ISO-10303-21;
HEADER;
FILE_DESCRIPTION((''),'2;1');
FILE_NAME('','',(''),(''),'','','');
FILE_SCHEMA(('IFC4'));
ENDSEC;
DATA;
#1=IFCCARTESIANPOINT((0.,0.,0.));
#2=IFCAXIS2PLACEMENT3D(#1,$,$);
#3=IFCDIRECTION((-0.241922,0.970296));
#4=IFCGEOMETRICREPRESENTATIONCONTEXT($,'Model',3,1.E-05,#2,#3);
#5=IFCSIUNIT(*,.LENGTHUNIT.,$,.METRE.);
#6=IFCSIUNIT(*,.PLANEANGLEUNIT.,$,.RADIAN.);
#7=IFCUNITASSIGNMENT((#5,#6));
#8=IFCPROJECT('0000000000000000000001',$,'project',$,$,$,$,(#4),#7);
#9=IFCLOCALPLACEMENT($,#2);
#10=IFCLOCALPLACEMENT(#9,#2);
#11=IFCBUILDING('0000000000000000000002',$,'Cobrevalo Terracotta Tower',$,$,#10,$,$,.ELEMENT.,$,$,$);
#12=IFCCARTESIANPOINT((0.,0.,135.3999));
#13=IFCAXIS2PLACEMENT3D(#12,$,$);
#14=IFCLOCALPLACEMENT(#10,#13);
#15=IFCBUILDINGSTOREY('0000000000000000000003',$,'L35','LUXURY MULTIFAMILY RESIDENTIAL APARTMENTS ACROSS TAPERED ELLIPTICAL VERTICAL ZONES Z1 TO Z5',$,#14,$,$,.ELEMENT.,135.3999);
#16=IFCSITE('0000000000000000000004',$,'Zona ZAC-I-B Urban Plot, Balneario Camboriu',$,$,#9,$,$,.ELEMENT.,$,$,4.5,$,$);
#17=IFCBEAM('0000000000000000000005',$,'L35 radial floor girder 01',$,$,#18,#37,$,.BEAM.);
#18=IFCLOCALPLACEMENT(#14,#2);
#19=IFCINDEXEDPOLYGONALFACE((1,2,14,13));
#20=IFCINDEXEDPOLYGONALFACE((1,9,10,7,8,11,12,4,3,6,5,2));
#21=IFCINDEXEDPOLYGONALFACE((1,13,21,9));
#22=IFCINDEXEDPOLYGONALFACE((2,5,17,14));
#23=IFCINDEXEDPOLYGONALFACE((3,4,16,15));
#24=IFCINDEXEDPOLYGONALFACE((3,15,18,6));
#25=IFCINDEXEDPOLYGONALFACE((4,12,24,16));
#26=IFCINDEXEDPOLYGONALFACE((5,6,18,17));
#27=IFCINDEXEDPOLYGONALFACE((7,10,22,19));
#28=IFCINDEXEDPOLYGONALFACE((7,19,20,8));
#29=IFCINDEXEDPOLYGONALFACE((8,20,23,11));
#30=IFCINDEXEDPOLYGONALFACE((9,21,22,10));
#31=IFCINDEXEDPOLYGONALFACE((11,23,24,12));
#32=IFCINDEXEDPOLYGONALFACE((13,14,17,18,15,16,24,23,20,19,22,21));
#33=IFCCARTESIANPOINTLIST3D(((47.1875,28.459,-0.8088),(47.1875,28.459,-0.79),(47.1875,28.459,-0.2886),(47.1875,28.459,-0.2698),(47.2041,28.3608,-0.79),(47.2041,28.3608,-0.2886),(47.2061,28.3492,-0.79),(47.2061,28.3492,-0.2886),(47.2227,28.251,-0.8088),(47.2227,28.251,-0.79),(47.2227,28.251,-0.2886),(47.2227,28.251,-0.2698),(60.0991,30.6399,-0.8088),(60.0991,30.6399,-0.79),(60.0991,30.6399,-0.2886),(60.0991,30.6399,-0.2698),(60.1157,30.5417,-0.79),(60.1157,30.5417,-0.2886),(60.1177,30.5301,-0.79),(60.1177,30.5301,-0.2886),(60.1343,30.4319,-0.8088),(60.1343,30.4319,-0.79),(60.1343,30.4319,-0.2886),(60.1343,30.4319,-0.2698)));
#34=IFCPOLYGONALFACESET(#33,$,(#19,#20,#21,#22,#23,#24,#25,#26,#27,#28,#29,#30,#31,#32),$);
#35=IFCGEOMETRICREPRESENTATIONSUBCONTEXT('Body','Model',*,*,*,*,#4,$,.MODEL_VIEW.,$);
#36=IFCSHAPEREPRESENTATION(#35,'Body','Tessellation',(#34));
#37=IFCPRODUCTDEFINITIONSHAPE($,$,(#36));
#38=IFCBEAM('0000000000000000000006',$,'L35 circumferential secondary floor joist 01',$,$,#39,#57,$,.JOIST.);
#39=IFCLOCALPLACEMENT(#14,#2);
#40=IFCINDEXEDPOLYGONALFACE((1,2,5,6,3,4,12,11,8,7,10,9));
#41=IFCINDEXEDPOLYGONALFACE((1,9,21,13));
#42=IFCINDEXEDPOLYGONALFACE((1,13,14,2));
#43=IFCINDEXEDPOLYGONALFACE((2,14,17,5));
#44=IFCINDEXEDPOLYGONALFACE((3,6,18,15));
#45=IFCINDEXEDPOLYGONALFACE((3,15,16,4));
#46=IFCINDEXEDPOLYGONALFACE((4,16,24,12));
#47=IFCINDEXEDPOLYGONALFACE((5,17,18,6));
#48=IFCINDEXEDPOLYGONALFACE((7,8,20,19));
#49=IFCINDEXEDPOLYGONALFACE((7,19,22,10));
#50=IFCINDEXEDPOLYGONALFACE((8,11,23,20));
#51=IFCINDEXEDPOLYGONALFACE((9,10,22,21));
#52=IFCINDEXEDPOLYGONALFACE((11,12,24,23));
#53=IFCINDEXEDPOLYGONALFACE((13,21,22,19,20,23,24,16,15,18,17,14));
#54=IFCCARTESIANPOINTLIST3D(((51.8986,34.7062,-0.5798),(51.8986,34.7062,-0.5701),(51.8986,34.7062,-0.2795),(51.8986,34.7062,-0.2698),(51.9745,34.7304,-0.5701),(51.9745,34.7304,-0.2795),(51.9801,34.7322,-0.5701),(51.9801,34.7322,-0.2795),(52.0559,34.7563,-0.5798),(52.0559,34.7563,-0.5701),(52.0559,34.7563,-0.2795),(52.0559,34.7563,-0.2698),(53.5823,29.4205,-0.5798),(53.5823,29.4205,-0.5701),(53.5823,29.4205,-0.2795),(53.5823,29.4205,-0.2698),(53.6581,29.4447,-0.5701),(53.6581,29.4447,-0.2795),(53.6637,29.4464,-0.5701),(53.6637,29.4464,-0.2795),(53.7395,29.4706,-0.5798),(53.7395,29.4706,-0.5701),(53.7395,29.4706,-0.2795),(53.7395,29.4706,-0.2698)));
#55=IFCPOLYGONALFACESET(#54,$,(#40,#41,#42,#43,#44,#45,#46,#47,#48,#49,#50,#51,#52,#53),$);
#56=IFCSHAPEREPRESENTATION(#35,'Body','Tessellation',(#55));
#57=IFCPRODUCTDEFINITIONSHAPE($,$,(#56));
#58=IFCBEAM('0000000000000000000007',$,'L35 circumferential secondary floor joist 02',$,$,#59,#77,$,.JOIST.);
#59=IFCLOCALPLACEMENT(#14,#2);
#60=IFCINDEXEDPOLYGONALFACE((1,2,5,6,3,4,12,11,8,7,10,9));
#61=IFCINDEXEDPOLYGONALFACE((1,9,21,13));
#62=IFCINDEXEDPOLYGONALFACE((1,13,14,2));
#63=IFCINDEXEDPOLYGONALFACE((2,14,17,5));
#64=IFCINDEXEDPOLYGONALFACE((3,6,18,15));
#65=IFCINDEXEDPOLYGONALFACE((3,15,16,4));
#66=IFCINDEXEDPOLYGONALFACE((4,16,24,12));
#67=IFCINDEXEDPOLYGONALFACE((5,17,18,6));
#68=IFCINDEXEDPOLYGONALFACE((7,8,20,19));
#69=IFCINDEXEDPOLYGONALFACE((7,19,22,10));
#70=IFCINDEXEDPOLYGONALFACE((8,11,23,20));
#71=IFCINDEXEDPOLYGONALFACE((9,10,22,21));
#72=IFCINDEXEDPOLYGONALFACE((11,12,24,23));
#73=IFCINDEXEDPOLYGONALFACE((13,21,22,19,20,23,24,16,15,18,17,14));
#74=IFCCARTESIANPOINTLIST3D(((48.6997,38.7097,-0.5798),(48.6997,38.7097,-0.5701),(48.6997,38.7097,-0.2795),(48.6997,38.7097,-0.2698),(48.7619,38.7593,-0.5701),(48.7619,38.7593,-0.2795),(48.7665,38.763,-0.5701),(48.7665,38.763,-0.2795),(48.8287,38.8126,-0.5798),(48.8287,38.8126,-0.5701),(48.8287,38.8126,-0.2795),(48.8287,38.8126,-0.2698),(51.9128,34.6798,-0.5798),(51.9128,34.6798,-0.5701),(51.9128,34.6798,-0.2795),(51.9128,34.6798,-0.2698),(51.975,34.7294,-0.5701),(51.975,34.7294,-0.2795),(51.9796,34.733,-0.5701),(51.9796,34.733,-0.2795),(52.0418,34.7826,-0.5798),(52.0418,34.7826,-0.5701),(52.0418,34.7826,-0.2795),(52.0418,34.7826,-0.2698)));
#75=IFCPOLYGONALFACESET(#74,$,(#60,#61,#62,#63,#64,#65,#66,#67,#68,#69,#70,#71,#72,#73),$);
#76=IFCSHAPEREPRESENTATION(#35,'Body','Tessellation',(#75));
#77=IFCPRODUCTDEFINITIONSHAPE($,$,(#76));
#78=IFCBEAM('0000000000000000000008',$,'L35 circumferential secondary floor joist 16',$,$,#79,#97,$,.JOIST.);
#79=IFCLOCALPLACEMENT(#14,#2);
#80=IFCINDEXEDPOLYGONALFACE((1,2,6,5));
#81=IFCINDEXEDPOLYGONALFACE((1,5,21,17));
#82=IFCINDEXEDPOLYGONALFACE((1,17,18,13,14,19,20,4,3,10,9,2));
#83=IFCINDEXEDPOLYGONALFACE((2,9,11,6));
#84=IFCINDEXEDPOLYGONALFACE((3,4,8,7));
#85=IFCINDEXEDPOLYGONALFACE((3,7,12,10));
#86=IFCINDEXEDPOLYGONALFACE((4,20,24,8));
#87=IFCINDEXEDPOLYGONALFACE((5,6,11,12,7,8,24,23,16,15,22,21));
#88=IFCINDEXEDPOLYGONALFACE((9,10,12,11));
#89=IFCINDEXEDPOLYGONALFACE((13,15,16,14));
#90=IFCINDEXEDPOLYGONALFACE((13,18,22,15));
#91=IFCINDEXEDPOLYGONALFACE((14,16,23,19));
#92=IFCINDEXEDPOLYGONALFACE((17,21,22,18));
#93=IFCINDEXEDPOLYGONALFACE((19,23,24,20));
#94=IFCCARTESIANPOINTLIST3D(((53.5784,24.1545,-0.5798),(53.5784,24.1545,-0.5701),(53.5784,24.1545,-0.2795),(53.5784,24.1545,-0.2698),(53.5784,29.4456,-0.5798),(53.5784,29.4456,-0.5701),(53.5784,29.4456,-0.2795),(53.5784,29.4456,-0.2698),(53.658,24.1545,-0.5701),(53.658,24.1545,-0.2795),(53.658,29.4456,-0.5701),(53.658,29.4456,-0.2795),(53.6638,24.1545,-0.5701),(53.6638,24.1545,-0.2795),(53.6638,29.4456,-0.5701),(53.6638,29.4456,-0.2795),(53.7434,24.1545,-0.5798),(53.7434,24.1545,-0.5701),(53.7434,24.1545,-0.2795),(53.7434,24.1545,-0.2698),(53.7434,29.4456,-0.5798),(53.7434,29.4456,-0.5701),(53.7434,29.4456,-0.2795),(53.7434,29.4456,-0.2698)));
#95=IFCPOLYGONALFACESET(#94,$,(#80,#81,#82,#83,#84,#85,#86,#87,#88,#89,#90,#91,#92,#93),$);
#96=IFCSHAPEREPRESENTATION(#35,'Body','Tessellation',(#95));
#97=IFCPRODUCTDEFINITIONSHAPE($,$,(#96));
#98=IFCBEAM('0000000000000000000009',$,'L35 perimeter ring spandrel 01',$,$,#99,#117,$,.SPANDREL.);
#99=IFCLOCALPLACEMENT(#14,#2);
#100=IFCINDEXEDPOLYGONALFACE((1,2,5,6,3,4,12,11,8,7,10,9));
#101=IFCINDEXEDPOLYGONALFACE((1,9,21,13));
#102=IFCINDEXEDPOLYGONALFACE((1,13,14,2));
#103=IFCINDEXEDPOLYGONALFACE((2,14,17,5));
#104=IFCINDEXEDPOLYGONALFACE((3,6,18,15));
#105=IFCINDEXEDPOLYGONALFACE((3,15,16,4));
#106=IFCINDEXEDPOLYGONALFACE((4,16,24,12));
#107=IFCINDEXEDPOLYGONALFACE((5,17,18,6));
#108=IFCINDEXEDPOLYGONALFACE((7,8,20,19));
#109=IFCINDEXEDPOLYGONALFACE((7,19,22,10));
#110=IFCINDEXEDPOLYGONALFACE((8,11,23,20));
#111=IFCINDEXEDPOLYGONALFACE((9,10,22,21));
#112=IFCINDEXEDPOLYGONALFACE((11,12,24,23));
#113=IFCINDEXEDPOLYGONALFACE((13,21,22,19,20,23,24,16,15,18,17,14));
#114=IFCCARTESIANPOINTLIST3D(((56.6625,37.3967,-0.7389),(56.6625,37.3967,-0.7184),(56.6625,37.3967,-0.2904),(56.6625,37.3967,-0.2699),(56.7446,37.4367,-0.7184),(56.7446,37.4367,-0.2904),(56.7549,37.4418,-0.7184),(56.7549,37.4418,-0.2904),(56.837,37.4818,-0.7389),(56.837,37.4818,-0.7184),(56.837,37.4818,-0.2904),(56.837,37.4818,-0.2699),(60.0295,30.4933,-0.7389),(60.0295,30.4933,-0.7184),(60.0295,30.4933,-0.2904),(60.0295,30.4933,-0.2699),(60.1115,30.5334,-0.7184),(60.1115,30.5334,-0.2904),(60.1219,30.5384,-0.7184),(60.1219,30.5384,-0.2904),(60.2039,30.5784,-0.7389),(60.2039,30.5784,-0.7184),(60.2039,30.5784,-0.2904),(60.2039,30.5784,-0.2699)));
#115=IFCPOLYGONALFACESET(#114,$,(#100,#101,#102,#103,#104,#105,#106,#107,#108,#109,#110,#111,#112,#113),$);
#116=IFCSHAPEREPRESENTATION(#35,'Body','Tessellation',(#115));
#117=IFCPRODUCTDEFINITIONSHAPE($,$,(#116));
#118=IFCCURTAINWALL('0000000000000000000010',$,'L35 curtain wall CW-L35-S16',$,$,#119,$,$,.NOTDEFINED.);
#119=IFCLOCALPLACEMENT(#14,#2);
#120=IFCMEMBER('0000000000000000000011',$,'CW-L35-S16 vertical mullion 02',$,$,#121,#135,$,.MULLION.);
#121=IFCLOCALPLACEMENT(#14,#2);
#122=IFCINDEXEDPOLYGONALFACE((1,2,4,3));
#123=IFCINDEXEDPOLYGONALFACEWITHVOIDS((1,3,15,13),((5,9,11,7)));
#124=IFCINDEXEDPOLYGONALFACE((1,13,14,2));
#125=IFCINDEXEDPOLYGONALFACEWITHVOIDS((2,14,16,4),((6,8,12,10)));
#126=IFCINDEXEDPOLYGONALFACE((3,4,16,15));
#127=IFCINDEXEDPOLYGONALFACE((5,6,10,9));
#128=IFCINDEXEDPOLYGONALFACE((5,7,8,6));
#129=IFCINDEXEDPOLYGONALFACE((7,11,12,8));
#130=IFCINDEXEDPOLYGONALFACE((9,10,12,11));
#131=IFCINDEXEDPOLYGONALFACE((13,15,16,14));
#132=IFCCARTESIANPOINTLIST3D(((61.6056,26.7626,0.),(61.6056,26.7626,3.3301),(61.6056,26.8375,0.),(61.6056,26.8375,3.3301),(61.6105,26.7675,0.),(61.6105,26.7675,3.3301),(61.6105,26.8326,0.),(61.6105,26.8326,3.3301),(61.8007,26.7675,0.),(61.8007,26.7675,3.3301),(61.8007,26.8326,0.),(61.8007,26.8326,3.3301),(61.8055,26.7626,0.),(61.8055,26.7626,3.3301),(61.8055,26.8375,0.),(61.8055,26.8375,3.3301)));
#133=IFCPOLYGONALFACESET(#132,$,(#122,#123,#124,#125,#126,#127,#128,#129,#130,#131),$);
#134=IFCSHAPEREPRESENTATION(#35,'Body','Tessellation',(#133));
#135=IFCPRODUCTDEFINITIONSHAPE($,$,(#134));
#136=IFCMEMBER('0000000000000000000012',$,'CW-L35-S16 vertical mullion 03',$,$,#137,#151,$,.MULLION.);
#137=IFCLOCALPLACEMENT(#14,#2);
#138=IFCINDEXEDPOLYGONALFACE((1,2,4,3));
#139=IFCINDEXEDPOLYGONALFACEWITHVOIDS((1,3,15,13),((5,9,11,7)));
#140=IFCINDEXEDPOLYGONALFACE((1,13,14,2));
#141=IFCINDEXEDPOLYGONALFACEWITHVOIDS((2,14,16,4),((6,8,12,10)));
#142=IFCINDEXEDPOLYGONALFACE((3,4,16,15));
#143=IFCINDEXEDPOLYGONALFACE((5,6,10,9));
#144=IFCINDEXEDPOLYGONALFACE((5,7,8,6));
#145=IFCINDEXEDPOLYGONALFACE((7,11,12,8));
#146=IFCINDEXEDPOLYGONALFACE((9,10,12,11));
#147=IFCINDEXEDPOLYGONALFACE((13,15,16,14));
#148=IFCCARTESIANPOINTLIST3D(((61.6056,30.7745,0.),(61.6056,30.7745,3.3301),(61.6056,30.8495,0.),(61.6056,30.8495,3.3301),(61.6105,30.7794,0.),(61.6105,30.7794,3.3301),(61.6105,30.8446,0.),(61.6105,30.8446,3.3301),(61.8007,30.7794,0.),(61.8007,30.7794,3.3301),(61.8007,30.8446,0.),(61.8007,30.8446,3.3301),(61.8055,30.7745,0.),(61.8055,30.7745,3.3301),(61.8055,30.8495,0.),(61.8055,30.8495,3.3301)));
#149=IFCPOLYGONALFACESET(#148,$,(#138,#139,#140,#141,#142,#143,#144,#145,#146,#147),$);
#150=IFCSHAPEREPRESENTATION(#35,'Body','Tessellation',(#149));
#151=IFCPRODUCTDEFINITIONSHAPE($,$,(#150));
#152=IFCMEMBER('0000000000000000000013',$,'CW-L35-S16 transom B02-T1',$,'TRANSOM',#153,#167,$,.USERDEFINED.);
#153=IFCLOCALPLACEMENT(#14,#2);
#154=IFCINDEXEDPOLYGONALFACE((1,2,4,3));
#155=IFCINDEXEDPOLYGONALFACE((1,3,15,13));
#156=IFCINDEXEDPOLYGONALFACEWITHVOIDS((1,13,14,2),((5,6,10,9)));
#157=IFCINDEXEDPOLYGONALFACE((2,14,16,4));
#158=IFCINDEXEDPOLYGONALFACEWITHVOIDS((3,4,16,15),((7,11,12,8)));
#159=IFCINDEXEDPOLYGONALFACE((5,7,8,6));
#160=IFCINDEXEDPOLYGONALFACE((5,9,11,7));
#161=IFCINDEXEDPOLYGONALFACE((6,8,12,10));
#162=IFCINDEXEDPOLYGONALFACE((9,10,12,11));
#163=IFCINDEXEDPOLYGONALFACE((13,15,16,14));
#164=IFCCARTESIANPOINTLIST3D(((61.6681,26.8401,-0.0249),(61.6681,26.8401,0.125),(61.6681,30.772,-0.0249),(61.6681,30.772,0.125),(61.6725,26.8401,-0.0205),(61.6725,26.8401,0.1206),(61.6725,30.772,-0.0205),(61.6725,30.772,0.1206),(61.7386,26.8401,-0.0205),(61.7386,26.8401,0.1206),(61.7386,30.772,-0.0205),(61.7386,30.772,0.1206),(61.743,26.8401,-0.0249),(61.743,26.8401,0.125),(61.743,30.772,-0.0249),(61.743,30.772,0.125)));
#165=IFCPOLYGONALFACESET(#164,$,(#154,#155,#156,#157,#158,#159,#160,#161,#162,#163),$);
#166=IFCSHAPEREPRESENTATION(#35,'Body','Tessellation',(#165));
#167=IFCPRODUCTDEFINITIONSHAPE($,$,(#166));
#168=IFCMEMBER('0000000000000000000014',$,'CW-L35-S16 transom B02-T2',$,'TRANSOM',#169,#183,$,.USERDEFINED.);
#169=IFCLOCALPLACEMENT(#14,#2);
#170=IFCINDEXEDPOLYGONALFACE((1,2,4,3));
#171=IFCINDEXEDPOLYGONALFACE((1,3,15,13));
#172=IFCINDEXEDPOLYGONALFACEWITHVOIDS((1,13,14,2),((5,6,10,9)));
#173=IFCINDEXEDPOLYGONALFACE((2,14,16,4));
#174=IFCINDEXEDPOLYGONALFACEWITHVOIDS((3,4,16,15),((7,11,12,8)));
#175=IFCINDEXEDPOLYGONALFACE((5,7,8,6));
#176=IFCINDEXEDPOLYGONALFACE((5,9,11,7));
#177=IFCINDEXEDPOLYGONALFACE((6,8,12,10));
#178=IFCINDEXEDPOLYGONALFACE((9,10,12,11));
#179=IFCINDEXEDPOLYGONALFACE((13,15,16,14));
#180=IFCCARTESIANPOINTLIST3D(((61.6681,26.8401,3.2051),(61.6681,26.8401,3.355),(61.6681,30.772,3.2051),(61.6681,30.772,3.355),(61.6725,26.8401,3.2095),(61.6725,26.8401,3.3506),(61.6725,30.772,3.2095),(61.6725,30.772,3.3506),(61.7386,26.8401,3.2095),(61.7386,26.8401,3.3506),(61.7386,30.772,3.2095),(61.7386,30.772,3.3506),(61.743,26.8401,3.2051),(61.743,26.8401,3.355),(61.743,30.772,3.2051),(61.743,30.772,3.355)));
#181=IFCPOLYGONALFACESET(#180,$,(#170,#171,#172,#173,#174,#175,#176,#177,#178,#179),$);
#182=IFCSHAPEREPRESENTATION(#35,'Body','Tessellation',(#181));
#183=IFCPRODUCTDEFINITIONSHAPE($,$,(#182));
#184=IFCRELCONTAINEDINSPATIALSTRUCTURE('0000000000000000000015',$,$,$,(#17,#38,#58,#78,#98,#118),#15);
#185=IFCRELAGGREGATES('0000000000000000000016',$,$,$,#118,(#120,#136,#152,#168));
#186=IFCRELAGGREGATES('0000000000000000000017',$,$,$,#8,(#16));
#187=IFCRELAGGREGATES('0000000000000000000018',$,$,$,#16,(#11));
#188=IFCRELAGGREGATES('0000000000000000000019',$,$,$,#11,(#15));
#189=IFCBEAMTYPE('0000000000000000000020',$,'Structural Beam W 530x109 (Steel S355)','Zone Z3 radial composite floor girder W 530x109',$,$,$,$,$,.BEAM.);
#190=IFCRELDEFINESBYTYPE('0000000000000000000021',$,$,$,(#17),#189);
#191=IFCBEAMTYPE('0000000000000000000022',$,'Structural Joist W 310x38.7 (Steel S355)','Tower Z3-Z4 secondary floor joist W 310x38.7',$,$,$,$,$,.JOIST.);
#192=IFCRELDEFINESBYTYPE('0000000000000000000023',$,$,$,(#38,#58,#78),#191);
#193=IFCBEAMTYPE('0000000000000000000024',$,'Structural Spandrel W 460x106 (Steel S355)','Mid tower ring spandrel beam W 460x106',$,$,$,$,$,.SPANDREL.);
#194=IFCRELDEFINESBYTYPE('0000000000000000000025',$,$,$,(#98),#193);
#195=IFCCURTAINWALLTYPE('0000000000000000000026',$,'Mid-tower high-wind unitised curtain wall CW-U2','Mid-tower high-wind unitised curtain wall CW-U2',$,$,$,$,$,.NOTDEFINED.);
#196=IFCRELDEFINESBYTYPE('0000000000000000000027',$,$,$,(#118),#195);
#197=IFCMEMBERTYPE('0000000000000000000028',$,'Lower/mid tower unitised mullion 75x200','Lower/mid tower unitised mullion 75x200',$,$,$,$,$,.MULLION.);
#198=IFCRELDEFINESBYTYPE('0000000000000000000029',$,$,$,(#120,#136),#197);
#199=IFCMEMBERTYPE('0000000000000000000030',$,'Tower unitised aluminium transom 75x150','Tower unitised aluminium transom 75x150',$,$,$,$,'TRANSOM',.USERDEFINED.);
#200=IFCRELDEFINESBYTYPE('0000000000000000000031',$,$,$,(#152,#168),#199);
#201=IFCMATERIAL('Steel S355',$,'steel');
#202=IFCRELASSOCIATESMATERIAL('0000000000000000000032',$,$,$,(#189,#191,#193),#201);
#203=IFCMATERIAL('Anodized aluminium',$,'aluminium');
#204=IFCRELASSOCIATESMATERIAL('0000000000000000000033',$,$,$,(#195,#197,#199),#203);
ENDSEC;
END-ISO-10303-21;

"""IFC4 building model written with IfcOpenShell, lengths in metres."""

from ifc_helpers import new_model, si_unit, direction, frame, origin, origin_2d, place, context, subcontext, project, spatial, hollow_rectangle, i_section, extrude, source, transform, mapped, material, material_profile, profile_set, type_object, element, aggregate, save


model = new_model("IFC4")

# Units and contexts
model_context = context("Model", 3, precision=1e-05, world=origin(), true_north=direction((-0.241922, 0.970296)))
body_context = subcontext(model_context, "Body", "Model", "MODEL_VIEW")
ifc_project = project(units=[si_unit("LENGTHUNIT", "METRE"), si_unit("PLANEANGLEUNIT", "RADIAN")], contexts=[model_context])

# Site, building, storey
site_placement = place(None, origin())
site = spatial("IfcSite", under=ifc_project, at=site_placement, Name="Zona ZAC-I-B Urban Plot, Balneario Camboriu", CompositionType="ELEMENT", RefElevation=4.5)
building_placement = place(site_placement, origin())
building = spatial("IfcBuilding", under=site, at=building_placement, Name="Cobrevalo Terracotta Tower", CompositionType="ELEMENT")
storey_placement = place(building_placement, frame((0.0, 0.0, 135.3999)))
storey = spatial("IfcBuildingStorey", under=building, at=storey_placement, Name="L35", Description="LUXURY MULTIFAMILY RESIDENTIAL APARTMENTS ACROSS TAPERED ELLIPTICAL VERTICAL ZONES Z1 TO Z5", CompositionType="ELEMENT", Elevation=135.3999)

# Shared definitions
ifc_material_1 = material(Name="Steel S355", Category="steel")

# Beams
ifc_material_profile_1 = material_profile(ifc_material_1, i_section(OverallWidth=0.2109, OverallDepth=0.5391, WebThickness=0.0117, FlangeThickness=0.0188, at=origin_2d()), Name="W 530x109")
ifc_profile_set_1 = profile_set([ifc_material_profile_1], Name="Steel S355")
beam_type_1 = type_object("IfcBeamType", Name="Structural Beam W 530x109 (Steel S355)", Description="Zone Z3 radial composite floor girder W 530x109", PredefinedType="BEAM", material=ifc_profile_set_1)
beam_1_placement = place(storey_placement, frame((60.1167, 30.5359, -0.5393), z_axis=(-0.986033, -0.166551, 0.0), x_axis=(0.166551, -0.986033, 0.0)))
element("IfcBeam", 1, at=beam_1_placement, inside=storey, type_object=beam_type_1, Name="L35 radial floor girder 01", PredefinedType="BEAM", context=body_context, shape_type="SweptSolid", body=[
    extrude(i_section(OverallWidth=0.2109, OverallDepth=0.5391, WebThickness=0.0117, FlangeThickness=0.0188, at=origin_2d()), origin(), (0.0, 0.0, 1.0), 13.0945),
])
ifc_material_profile_2 = material_profile(ifc_material_1, i_section(OverallWidth=0.165, OverallDepth=0.3101, WebThickness=0.0059, FlangeThickness=0.0098, at=origin_2d()), Name="W 310x38.7")
ifc_profile_set_2 = profile_set([ifc_material_profile_2], Name="Steel S355")
beam_type_2 = type_object("IfcBeamType", Name="Structural Joist W 310x38.7 (Steel S355)", Description="Tower Z3-Z4 secondary floor joist W 310x38.7", PredefinedType="JOIST", material=ifc_profile_set_2)
beam_2_placement = place(storey_placement, frame((53.6609, 29.4456, -0.4248), z_axis=(-0.303498, 0.952832, 0.0), x_axis=(-0.952832, -0.303498, 0.0)))
element("IfcBeam", 2, at=beam_2_placement, inside=storey, type_object=beam_type_2, Name="L35 circumferential secondary floor joist 01", PredefinedType="JOIST", context=body_context, shape_type="SweptSolid", body=[
    extrude(i_section(OverallWidth=0.165, OverallDepth=0.3101, WebThickness=0.0059, FlangeThickness=0.0098, at=origin_2d()), origin(), (0.0, 0.0, 1.0), 5.5474),
])
beam_3_placement = place(storey_placement, frame((51.9773, 34.7312, -0.4248), z_axis=(-0.623406, 0.781898, 0.0), x_axis=(-0.781898, -0.623406, 0.0)))
element("IfcBeam", 3, at=beam_3_placement, inside=storey, type_object=beam_type_2, Name="L35 circumferential secondary floor joist 02", PredefinedType="JOIST", context=body_context, shape_type="SweptSolid", body=[
    extrude(i_section(OverallWidth=0.165, OverallDepth=0.3101, WebThickness=0.0059, FlangeThickness=0.0098, at=origin_2d()), origin(), (0.0, 0.0, 1.0), 5.1541),
])
beam_4_placement = place(storey_placement, frame((53.6609, 24.1545, -0.4248), z_axis=(0.0, 1.0, 0.0), x_axis=(-1.0, 0.0, 0.0)))
element("IfcBeam", 4, at=beam_4_placement, inside=storey, type_object=beam_type_2, Name="L35 circumferential secondary floor joist 16", PredefinedType="JOIST", context=body_context, shape_type="SweptSolid", body=[
    extrude(i_section(OverallWidth=0.165, OverallDepth=0.3101, WebThickness=0.0059, FlangeThickness=0.0098, at=origin_2d()), origin(), (0.0, 0.0, 1.0), 5.291),
])
ifc_material_profile_3 = material_profile(ifc_material_1, i_section(OverallWidth=0.1941, OverallDepth=0.469, WebThickness=0.0115, FlangeThickness=0.0205, at=origin_2d()), Name="W 460x106")
ifc_profile_set_3 = profile_set([ifc_material_profile_3], Name="Steel S355")
beam_type_3 = type_object("IfcBeamType", Name="Structural Spandrel W 460x106 (Steel S355)", Description="Mid tower ring spandrel beam W 460x106", PredefinedType="SPANDREL", material=ifc_profile_set_3)
beam_5_placement = place(storey_placement, frame((60.1167, 30.5359, -0.5044), z_axis=(-0.438368, 0.898796, 0.0), x_axis=(-0.898796, -0.438368, 0.0)))
element("IfcBeam", 5, at=beam_5_placement, inside=storey, type_object=beam_type_3, Name="L35 perimeter ring spandrel 01", PredefinedType="SPANDREL", context=body_context, shape_type="SweptSolid", body=[
    extrude(i_section(OverallWidth=0.1941, OverallDepth=0.469, WebThickness=0.0115, FlangeThickness=0.0205, at=origin_2d()), origin(), (0.0, 0.0, 1.0), 7.6807),
])

# Curtain wall, members
ifc_material_2 = material(Name="Anodized aluminium", Category="aluminium")
curtain_wall_type = type_object("IfcCurtainWallType", Name="Mid-tower high-wind unitised curtain wall CW-U2", Description="Mid-tower high-wind unitised curtain wall CW-U2", PredefinedType="NOTDEFINED", material=ifc_material_2)
curtain_wall_placement = place(storey_placement, origin())
curtain_wall = element("IfcCurtainWall", 6, at=curtain_wall_placement, inside=storey, type_object=curtain_wall_type, Name="L35 curtain wall CW-L35-S16", PredefinedType="NOTDEFINED")
ifc_material_profile_4 = material_profile(ifc_material_2, hollow_rectangle(XDim=0.075, YDim=0.2, WallThickness=0.0049, at=origin_2d()), Name="CWM 75x200")
ifc_profile_set_4 = profile_set([ifc_material_profile_4], Name="Anodized aluminium")
member_type_1 = type_object("IfcMemberType", Name="Lower/mid tower unitised mullion 75x200", Description="Lower/mid tower unitised mullion 75x200", PredefinedType="MULLION", material=ifc_profile_set_4)
shared_shape_1 = source(origin(), body_context, "Body", "SweptSolid", [
    extrude(hollow_rectangle(XDim=0.075, YDim=0.2, WallThickness=0.0049, at=origin_2d()), origin(), (0.0, 0.0, 1.0), 3.3301),
])
member_1_placement = place(storey_placement, frame((61.7056, 26.8, 0.0), z_axis=(0.0, 0.0, 1.0), x_axis=(0.0, 1.0, 0.0)))
member_1 = element("IfcMember", 7, at=member_1_placement, type_object=member_type_1, Name="CW-L35-S16 vertical mullion 02", PredefinedType="MULLION", context=body_context, shape_type="MappedRepresentation", body=[
    mapped(shared_shape_1, transform((0.0, 0.0, 0.0), scale=1.0)),
])
member_2_placement = place(storey_placement, frame((61.7056, 30.812, 0.0), z_axis=(0.0, 0.0, 1.0), x_axis=(0.0, 1.0, 0.0)))
member_2 = element("IfcMember", 8, at=member_2_placement, type_object=member_type_1, Name="CW-L35-S16 vertical mullion 03", PredefinedType="MULLION", context=body_context, shape_type="MappedRepresentation", body=[
    mapped(shared_shape_1, transform((0.0, 0.0, 0.0), scale=1.0)),
])
ifc_material_profile_5 = material_profile(ifc_material_2, hollow_rectangle(XDim=0.075, YDim=0.1499, WallThickness=0.0044, at=origin_2d()), Name="CWT 75x150")
ifc_profile_set_5 = profile_set([ifc_material_profile_5], Name="Anodized aluminium")
member_type_2 = type_object("IfcMemberType", Name="Tower unitised aluminium transom 75x150", Description="Tower unitised aluminium transom 75x150", ElementType="TRANSOM", PredefinedType="USERDEFINED", material=ifc_profile_set_5)
shared_shape_2 = source(origin(), body_context, "Body", "SweptSolid", [
    extrude(hollow_rectangle(XDim=0.075, YDim=0.1499, WallThickness=0.0044, at=origin_2d()), origin(), (0.0, 0.0, 1.0), 3.9319),
])
member_3_placement = place(storey_placement, frame((61.7056, 26.8401, 0.05), z_axis=(0.0, 1.0, 0.0), x_axis=(-1.0, 0.0, 0.0)))
member_3 = element("IfcMember", 9, at=member_3_placement, type_object=member_type_2, Name="CW-L35-S16 transom B02-T1", ObjectType="TRANSOM", PredefinedType="USERDEFINED", context=body_context, shape_type="MappedRepresentation", body=[
    mapped(shared_shape_2, transform((0.0, 0.0, 0.0), scale=1.0)),
])
member_4_placement = place(storey_placement, frame((61.7056, 26.8401, 3.28), z_axis=(0.0, 1.0, 0.0), x_axis=(-1.0, 0.0, 0.0)))
member_4 = element("IfcMember", 10, at=member_4_placement, type_object=member_type_2, Name="CW-L35-S16 transom B02-T2", ObjectType="TRANSOM", PredefinedType="USERDEFINED", context=body_context, shape_type="MappedRepresentation", body=[
    mapped(shared_shape_2, transform((0.0, 0.0, 0.0), scale=1.0)),
])
aggregate(curtain_wall, [member_1, member_2, member_3, member_4])

save(model, "model.ifc")
